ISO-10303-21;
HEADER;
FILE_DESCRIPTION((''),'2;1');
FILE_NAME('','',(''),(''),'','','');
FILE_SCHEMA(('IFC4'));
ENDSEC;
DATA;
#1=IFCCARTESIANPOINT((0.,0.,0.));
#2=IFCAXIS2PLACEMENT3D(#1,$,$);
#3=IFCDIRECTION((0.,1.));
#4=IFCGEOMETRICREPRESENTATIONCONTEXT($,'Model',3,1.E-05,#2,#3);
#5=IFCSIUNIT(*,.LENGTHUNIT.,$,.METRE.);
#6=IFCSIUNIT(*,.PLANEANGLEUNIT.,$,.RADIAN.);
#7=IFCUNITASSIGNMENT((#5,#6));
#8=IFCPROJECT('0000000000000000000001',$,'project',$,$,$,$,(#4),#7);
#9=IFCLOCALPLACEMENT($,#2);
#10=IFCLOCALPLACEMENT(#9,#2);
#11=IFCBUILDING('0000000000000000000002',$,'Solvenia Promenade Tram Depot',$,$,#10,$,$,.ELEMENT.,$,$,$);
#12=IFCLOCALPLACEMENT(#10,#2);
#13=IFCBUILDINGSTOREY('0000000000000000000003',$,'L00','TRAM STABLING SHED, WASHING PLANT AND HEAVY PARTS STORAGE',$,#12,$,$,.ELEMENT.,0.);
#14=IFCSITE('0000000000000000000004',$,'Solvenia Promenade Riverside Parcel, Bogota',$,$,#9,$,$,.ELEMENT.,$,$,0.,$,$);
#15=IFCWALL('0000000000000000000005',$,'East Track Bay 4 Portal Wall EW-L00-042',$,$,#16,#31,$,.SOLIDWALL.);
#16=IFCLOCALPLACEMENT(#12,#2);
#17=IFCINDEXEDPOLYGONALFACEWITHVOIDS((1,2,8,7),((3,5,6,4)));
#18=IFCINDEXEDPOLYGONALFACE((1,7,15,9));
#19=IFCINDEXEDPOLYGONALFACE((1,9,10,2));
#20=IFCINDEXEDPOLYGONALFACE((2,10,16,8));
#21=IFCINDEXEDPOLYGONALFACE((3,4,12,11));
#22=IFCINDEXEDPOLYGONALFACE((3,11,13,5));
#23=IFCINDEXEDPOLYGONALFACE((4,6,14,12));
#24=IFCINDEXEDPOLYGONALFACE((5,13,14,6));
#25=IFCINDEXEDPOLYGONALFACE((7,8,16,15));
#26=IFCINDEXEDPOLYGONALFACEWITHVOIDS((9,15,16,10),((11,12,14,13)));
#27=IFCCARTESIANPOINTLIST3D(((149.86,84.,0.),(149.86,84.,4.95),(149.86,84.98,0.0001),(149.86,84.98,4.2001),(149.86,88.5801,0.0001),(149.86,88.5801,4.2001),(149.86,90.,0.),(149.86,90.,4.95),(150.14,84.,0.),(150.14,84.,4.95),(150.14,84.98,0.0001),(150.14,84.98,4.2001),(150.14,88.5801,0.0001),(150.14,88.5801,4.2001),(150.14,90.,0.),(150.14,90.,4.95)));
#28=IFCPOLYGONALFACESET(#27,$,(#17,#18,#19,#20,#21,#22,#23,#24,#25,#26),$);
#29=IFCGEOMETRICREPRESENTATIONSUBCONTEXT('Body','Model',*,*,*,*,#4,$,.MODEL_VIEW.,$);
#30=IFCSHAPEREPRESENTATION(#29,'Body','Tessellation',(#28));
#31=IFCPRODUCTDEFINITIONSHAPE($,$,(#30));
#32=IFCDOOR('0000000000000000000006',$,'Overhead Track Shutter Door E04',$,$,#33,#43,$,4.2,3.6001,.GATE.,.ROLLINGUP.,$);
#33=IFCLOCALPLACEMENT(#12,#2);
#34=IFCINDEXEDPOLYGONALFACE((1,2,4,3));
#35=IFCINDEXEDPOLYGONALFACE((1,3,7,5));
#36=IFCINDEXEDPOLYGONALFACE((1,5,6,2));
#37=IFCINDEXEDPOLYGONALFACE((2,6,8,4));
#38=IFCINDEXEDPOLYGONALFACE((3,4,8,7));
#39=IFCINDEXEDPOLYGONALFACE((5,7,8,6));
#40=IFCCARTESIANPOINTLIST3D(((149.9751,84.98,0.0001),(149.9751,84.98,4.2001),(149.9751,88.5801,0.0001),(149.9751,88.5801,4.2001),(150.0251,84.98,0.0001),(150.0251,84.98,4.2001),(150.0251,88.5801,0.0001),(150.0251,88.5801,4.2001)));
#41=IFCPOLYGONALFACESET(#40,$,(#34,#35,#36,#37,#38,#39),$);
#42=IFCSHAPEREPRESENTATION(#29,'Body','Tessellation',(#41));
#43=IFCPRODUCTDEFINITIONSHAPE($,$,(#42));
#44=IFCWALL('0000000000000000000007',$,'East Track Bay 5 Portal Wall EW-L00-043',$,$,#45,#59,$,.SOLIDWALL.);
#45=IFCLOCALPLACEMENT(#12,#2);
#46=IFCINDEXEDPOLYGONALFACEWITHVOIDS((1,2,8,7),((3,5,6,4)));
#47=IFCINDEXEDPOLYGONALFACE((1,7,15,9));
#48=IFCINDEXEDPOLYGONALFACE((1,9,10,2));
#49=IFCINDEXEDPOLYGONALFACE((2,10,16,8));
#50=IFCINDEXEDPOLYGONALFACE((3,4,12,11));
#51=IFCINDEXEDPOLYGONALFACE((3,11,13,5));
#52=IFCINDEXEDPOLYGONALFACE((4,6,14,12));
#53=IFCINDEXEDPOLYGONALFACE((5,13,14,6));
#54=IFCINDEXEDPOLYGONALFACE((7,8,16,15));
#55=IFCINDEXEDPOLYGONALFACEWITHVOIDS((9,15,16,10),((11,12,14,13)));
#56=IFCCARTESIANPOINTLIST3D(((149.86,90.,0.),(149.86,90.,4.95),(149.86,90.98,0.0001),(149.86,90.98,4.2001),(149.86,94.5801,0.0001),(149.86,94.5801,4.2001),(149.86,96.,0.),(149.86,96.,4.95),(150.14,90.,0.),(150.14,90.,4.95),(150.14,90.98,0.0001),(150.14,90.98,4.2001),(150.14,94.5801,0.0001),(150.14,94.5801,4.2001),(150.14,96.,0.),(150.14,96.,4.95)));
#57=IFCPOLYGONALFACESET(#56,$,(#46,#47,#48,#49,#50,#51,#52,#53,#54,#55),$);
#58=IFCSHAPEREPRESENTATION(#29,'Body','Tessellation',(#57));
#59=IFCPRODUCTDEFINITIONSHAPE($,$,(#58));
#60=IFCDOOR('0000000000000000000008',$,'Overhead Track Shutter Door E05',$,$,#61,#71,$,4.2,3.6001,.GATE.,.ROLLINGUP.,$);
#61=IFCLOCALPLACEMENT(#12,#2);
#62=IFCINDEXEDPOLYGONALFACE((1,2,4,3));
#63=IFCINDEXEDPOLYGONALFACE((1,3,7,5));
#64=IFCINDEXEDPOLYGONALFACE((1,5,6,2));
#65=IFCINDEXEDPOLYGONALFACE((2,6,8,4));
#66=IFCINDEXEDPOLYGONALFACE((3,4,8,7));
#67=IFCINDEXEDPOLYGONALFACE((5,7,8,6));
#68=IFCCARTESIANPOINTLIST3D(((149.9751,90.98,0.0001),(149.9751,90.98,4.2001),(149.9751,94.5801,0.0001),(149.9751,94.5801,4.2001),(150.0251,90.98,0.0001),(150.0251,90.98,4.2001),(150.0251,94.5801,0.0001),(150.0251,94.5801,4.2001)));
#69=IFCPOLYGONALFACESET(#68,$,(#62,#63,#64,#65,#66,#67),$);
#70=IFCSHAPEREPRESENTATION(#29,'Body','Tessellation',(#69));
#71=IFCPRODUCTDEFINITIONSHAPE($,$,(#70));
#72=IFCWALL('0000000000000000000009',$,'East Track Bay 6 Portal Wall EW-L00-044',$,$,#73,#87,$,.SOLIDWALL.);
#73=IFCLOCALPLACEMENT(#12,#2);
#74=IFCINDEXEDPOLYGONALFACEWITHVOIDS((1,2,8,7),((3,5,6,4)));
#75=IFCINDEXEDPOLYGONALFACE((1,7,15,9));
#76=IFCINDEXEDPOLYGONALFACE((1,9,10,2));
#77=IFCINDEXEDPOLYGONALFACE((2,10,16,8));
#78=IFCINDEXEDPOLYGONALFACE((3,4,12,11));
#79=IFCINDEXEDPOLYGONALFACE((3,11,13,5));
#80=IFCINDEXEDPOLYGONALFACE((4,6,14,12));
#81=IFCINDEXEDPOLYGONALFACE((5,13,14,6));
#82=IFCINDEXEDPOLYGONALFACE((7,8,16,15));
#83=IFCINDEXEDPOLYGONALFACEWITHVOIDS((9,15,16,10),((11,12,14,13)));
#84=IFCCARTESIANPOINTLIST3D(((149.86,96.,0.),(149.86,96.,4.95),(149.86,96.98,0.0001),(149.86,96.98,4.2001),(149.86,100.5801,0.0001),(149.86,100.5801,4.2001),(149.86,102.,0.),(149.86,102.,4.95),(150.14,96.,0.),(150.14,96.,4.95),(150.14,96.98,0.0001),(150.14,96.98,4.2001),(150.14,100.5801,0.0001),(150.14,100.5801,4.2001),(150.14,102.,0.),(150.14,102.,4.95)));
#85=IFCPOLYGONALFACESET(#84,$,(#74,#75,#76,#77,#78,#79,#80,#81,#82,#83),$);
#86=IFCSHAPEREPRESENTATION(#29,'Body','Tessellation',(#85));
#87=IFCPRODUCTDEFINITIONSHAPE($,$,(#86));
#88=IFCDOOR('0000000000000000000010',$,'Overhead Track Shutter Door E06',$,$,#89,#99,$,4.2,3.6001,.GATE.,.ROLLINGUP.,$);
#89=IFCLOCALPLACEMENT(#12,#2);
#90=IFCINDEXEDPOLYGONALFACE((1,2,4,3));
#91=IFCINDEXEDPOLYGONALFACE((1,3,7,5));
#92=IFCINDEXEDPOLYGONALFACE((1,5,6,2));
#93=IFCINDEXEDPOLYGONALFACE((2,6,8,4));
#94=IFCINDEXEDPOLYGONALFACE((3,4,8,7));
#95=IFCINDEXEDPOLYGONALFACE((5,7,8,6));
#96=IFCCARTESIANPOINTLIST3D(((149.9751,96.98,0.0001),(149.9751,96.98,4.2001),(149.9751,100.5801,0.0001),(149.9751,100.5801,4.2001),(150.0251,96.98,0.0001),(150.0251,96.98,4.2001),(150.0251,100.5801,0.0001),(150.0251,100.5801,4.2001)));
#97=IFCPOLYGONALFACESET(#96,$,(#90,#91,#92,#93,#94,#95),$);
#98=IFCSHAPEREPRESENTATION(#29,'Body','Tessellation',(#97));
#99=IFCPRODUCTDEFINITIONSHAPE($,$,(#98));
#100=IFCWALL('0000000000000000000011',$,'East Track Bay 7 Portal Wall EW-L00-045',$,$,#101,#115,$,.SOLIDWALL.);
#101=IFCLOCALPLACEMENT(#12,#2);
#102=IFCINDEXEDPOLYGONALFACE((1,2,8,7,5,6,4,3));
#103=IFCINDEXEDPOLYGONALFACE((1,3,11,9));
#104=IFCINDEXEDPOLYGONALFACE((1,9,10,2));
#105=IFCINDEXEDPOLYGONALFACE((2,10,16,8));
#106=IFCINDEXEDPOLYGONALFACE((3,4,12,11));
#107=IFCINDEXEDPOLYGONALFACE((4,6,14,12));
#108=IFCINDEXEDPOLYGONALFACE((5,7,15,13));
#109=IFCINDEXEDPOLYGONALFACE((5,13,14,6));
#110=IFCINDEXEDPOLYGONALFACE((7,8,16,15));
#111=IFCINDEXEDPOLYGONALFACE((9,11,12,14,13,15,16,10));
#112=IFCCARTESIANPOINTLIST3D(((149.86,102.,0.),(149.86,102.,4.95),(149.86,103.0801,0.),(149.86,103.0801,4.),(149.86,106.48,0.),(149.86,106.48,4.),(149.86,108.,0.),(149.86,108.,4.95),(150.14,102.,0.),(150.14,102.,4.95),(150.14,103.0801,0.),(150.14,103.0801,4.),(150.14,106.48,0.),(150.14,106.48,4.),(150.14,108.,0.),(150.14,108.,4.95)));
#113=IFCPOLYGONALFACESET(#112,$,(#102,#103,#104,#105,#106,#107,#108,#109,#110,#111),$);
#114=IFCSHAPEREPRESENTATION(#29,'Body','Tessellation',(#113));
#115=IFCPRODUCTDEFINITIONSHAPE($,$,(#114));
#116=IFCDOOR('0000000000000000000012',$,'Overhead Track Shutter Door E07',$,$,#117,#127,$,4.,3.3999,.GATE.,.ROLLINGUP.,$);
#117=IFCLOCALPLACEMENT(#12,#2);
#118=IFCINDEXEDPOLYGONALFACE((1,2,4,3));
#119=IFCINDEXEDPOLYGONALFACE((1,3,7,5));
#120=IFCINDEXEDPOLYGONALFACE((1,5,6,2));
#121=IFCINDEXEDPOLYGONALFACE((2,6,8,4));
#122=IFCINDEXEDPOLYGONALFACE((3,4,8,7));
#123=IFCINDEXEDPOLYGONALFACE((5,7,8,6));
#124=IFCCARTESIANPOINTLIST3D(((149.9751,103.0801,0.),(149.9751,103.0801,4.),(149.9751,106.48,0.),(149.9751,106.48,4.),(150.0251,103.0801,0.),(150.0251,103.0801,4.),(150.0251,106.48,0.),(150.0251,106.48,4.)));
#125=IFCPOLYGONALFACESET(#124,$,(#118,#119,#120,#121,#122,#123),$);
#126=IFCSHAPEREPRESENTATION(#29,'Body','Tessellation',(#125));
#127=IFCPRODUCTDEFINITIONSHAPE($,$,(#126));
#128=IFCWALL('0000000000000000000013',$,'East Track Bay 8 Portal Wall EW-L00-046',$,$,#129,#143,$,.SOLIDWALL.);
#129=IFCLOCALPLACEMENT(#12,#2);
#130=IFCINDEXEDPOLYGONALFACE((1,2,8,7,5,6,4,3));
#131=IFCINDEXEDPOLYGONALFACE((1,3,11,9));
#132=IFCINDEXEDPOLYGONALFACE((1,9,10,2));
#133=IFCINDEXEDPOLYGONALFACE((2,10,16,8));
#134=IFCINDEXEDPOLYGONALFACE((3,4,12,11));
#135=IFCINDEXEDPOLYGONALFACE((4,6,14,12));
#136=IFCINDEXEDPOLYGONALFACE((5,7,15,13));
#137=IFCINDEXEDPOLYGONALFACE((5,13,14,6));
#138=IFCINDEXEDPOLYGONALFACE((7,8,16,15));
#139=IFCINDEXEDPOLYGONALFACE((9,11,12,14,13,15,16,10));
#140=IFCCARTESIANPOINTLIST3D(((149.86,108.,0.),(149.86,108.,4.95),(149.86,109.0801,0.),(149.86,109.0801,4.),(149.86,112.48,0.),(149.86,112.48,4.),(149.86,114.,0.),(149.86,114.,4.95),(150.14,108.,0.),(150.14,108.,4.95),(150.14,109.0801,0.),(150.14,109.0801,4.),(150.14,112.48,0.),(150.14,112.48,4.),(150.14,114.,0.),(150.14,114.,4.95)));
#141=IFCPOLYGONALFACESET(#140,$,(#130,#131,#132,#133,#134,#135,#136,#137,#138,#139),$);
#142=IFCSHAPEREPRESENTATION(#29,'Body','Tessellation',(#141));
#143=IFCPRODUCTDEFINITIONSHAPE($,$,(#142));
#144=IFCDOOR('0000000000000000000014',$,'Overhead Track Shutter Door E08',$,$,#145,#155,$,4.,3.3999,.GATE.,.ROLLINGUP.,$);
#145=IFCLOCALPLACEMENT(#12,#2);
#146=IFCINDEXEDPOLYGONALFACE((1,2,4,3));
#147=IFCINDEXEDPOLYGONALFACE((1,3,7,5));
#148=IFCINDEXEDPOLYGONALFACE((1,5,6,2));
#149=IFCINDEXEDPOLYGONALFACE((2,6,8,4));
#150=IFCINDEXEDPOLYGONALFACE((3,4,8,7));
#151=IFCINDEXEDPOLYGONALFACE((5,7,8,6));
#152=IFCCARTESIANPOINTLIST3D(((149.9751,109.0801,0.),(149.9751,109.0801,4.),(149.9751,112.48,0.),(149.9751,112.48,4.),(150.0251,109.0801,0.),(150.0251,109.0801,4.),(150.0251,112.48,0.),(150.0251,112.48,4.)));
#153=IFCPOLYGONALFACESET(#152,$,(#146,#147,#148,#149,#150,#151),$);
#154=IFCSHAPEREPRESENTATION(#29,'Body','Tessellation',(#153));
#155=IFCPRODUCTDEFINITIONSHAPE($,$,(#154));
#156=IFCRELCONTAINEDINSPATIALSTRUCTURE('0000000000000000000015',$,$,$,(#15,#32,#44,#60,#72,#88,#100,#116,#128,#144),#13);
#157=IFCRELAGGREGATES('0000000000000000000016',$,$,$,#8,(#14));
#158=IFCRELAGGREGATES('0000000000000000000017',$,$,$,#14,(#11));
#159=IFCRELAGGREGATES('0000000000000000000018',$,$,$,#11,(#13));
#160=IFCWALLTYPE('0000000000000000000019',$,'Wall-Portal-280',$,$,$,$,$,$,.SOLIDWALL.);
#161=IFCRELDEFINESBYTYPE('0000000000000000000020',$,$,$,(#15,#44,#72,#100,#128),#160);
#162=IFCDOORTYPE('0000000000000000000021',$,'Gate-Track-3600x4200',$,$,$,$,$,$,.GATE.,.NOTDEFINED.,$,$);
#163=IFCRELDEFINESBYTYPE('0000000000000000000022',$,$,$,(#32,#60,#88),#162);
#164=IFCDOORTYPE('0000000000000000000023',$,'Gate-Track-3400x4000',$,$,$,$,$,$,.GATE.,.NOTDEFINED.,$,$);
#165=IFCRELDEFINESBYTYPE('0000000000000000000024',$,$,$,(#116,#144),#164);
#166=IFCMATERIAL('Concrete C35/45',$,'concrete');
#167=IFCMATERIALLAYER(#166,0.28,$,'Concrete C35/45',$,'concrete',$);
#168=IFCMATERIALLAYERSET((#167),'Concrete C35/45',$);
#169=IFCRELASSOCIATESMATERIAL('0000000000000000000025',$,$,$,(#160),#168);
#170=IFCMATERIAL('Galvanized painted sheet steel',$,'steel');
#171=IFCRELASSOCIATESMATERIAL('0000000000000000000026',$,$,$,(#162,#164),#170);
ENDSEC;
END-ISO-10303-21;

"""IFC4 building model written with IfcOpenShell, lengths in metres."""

from ifc_helpers import new_model, si_unit, direction, frame, frame_2d, origin, place, context, subcontext, project, spatial, rectangle, extrude, material, layer, layer_set, type_object, element, fill, save


model = new_model("IFC4")

# Units and contexts
model_context = context("Model", 3, precision=1e-05, world=origin(), true_north=direction((0.0, 1.0)))
body_context = subcontext(model_context, "Body", "Model", "MODEL_VIEW")
ifc_project = project(units=[si_unit("LENGTHUNIT", "METRE"), si_unit("PLANEANGLEUNIT", "RADIAN")], contexts=[model_context])

# Site, building, storey
site_placement = place(None, origin())
site = spatial("IfcSite", under=ifc_project, at=site_placement, Name="Solvenia Promenade Riverside Parcel, Bogota", CompositionType="ELEMENT", RefElevation=0.0)
building_placement = place(site_placement, origin())
building = spatial("IfcBuilding", under=site, at=building_placement, Name="Solvenia Promenade Tram Depot", CompositionType="ELEMENT")
storey_placement = place(building_placement, origin())
storey = spatial("IfcBuildingStorey", under=building, at=storey_placement, Name="L00", Description="TRAM STABLING SHED, WASHING PLANT AND HEAVY PARTS STORAGE", CompositionType="ELEMENT", Elevation=0.0)

# Walls, openings, doors
ifc_material_1 = material(Name="Concrete C35/45", Category="concrete")
ifc_layer = layer(ifc_material_1, 0.28, Name="Concrete C35/45", Category="concrete")
ifc_layer_set = layer_set([ifc_layer], Name="Concrete C35/45")
wall_type = type_object("IfcWallType", Name="Wall-Portal-280", PredefinedType="SOLIDWALL", material=ifc_layer_set)
ifc_material_2 = material(Name="Galvanized painted sheet steel", Category="steel")
door_type_1 = type_object("IfcDoorType", Name="Gate-Track-3600x4200", OperationType="NOTDEFINED", PredefinedType="GATE", material=ifc_material_2)
wall_1_placement = place(storey_placement, frame((150.0, 84.0, 0.0), z_axis=(0.0, 0.0, 1.0), x_axis=(0.0, 1.0, 0.0)))
wall_1 = element("IfcWall", 1, at=wall_1_placement, inside=storey, type_object=wall_type, Name="East Track Bay 4 Portal Wall EW-L00-042", PredefinedType="SOLIDWALL", context=body_context, shape_type="SweptSolid", body=[
    extrude(rectangle(XDim=6.0, YDim=0.28, at=frame_2d((3.0, 0.0))), origin(), (0.0, 0.0, 1.0), 4.95),
])
opening_1_placement = place(wall_1_placement, frame((0.98, 0.0, 0.0)))
opening_1 = element("IfcOpeningElement", 2, at=opening_1_placement, cuts=wall_1, PredefinedType="OPENING", context=body_context, shape_type="SweptSolid", body=[
    extrude(rectangle(XDim=3.6001, YDim=4.2, at=frame_2d((1.8, 2.1001))), frame((0.0, 0.1499, 0.0), z_axis=(0.0, -1.0, 0.0), x_axis=(1.0, 0.0, 0.0)), (0.0, 0.0, 1.0), 0.3),
])
door_1_placement = place(opening_1_placement, origin())
door_1 = element("IfcDoor", 3, at=door_1_placement, inside=storey, type_object=door_type_1, Name="Overhead Track Shutter Door E04", OperationType="ROLLINGUP", OverallHeight=4.2, OverallWidth=3.6001, PredefinedType="GATE", context=body_context, shape_type="SweptSolid", body=[
    extrude(rectangle(XDim=3.6001, YDim=4.2, at=frame_2d((1.8, 2.1001))), frame((0.0, 0.0249, 0.0), z_axis=(0.0, -1.0, 0.0), x_axis=(1.0, 0.0, 0.0)), (0.0, 0.0, 1.0), 0.05),
])
fill(opening_1, door_1)
wall_2_placement = place(storey_placement, frame((150.0, 90.0, 0.0), z_axis=(0.0, 0.0, 1.0), x_axis=(0.0, 1.0, 0.0)))
wall_2 = element("IfcWall", 4, at=wall_2_placement, inside=storey, type_object=wall_type, Name="East Track Bay 5 Portal Wall EW-L00-043", PredefinedType="SOLIDWALL", context=body_context, shape_type="SweptSolid", body=[
    extrude(rectangle(XDim=6.0, YDim=0.28, at=frame_2d((3.0, 0.0))), origin(), (0.0, 0.0, 1.0), 4.95),
])
opening_2_placement = place(wall_2_placement, frame((0.98, 0.0, 0.0)))
opening_2 = element("IfcOpeningElement", 5, at=opening_2_placement, cuts=wall_2, PredefinedType="OPENING", context=body_context, shape_type="SweptSolid", body=[
    extrude(rectangle(XDim=3.6001, YDim=4.2, at=frame_2d((1.8, 2.1001))), frame((0.0, 0.1499, 0.0), z_axis=(0.0, -1.0, 0.0), x_axis=(1.0, 0.0, 0.0)), (0.0, 0.0, 1.0), 0.3),
])
door_2_placement = place(opening_2_placement, origin())
door_2 = element("IfcDoor", 6, at=door_2_placement, inside=storey, type_object=door_type_1, Name="Overhead Track Shutter Door E05", OperationType="ROLLINGUP", OverallHeight=4.2, OverallWidth=3.6001, PredefinedType="GATE", context=body_context, shape_type="SweptSolid", body=[
    extrude(rectangle(XDim=3.6001, YDim=4.2, at=frame_2d((1.8, 2.1001))), frame((0.0, 0.0249, 0.0), z_axis=(0.0, -1.0, 0.0), x_axis=(1.0, 0.0, 0.0)), (0.0, 0.0, 1.0), 0.05),
])
fill(opening_2, door_2)
wall_3_placement = place(storey_placement, frame((150.0, 96.0, 0.0), z_axis=(0.0, 0.0, 1.0), x_axis=(0.0, 1.0, 0.0)))
wall_3 = element("IfcWall", 7, at=wall_3_placement, inside=storey, type_object=wall_type, Name="East Track Bay 6 Portal Wall EW-L00-044", PredefinedType="SOLIDWALL", context=body_context, shape_type="SweptSolid", body=[
    extrude(rectangle(XDim=6.0, YDim=0.28, at=frame_2d((3.0, 0.0))), origin(), (0.0, 0.0, 1.0), 4.95),
])
opening_3_placement = place(wall_3_placement, frame((0.98, 0.0, 0.0)))
opening_3 = element("IfcOpeningElement", 8, at=opening_3_placement, cuts=wall_3, PredefinedType="OPENING", context=body_context, shape_type="SweptSolid", body=[
    extrude(rectangle(XDim=3.6001, YDim=4.2, at=frame_2d((1.8, 2.1001))), frame((0.0, 0.1499, 0.0), z_axis=(0.0, -1.0, 0.0), x_axis=(1.0, 0.0, 0.0)), (0.0, 0.0, 1.0), 0.3),
])
door_3_placement = place(opening_3_placement, origin())
door_3 = element("IfcDoor", 9, at=door_3_placement, inside=storey, type_object=door_type_1, Name="Overhead Track Shutter Door E06", OperationType="ROLLINGUP", OverallHeight=4.2, OverallWidth=3.6001, PredefinedType="GATE", context=body_context, shape_type="SweptSolid", body=[
    extrude(rectangle(XDim=3.6001, YDim=4.2, at=frame_2d((1.8, 2.1001))), frame((0.0, 0.0249, 0.0), z_axis=(0.0, -1.0, 0.0), x_axis=(1.0, 0.0, 0.0)), (0.0, 0.0, 1.0), 0.05),
])
fill(opening_3, door_3)
wall_4_placement = place(storey_placement, frame((150.0, 102.0, 0.0), z_axis=(0.0, 0.0, 1.0), x_axis=(0.0, 1.0, 0.0)))
wall_4 = element("IfcWall", 10, at=wall_4_placement, inside=storey, type_object=wall_type, Name="East Track Bay 7 Portal Wall EW-L00-045", PredefinedType="SOLIDWALL", context=body_context, shape_type="SweptSolid", body=[
    extrude(rectangle(XDim=6.0, YDim=0.28, at=frame_2d((3.0, 0.0))), origin(), (0.0, 0.0, 1.0), 4.95),
])
opening_4_placement = place(wall_4_placement, frame((1.0801, 0.0, 0.0)))
opening_4 = element("IfcOpeningElement", 11, at=opening_4_placement, cuts=wall_4, PredefinedType="OPENING", context=body_context, shape_type="SweptSolid", body=[
    extrude(rectangle(XDim=3.3999, YDim=4.0, at=frame_2d((1.7, 2.0))), frame((0.0, 0.1499, 0.0), z_axis=(0.0, -1.0, 0.0), x_axis=(1.0, 0.0, 0.0)), (0.0, 0.0, 1.0), 0.3),
])
door_type_2 = type_object("IfcDoorType", Name="Gate-Track-3400x4000", OperationType="NOTDEFINED", PredefinedType="GATE", material=ifc_material_2)
door_4_placement = place(opening_4_placement, origin())
door_4 = element("IfcDoor", 12, at=door_4_placement, inside=storey, type_object=door_type_2, Name="Overhead Track Shutter Door E07", OperationType="ROLLINGUP", OverallHeight=4.0, OverallWidth=3.3999, PredefinedType="GATE", context=body_context, shape_type="SweptSolid", body=[
    extrude(rectangle(XDim=3.3999, YDim=4.0, at=frame_2d((1.7, 2.0))), frame((0.0, 0.0249, 0.0), z_axis=(0.0, -1.0, 0.0), x_axis=(1.0, 0.0, 0.0)), (0.0, 0.0, 1.0), 0.05),
])
fill(opening_4, door_4)
wall_5_placement = place(storey_placement, frame((150.0, 108.0, 0.0), z_axis=(0.0, 0.0, 1.0), x_axis=(0.0, 1.0, 0.0)))
wall_5 = element("IfcWall", 13, at=wall_5_placement, inside=storey, type_object=wall_type, Name="East Track Bay 8 Portal Wall EW-L00-046", PredefinedType="SOLIDWALL", context=body_context, shape_type="SweptSolid", body=[
    extrude(rectangle(XDim=6.0, YDim=0.28, at=frame_2d((3.0, 0.0))), origin(), (0.0, 0.0, 1.0), 4.95),
])
opening_5_placement = place(wall_5_placement, frame((1.0801, 0.0, 0.0)))
opening_5 = element("IfcOpeningElement", 14, at=opening_5_placement, cuts=wall_5, PredefinedType="OPENING", context=body_context, shape_type="SweptSolid", body=[
    extrude(rectangle(XDim=3.3999, YDim=4.0, at=frame_2d((1.7, 2.0))), frame((0.0, 0.1499, 0.0), z_axis=(0.0, -1.0, 0.0), x_axis=(1.0, 0.0, 0.0)), (0.0, 0.0, 1.0), 0.3),
])
door_5_placement = place(opening_5_placement, origin())
door_5 = element("IfcDoor", 15, at=door_5_placement, inside=storey, type_object=door_type_2, Name="Overhead Track Shutter Door E08", OperationType="ROLLINGUP", OverallHeight=4.0, OverallWidth=3.3999, PredefinedType="GATE", context=body_context, shape_type="SweptSolid", body=[
    extrude(rectangle(XDim=3.3999, YDim=4.0, at=frame_2d((1.7, 2.0))), frame((0.0, 0.0249, 0.0), z_axis=(0.0, -1.0, 0.0), x_axis=(1.0, 0.0, 0.0)), (0.0, 0.0, 1.0), 0.05),
])
fill(opening_5, door_5)

save(model, "model.ifc")
